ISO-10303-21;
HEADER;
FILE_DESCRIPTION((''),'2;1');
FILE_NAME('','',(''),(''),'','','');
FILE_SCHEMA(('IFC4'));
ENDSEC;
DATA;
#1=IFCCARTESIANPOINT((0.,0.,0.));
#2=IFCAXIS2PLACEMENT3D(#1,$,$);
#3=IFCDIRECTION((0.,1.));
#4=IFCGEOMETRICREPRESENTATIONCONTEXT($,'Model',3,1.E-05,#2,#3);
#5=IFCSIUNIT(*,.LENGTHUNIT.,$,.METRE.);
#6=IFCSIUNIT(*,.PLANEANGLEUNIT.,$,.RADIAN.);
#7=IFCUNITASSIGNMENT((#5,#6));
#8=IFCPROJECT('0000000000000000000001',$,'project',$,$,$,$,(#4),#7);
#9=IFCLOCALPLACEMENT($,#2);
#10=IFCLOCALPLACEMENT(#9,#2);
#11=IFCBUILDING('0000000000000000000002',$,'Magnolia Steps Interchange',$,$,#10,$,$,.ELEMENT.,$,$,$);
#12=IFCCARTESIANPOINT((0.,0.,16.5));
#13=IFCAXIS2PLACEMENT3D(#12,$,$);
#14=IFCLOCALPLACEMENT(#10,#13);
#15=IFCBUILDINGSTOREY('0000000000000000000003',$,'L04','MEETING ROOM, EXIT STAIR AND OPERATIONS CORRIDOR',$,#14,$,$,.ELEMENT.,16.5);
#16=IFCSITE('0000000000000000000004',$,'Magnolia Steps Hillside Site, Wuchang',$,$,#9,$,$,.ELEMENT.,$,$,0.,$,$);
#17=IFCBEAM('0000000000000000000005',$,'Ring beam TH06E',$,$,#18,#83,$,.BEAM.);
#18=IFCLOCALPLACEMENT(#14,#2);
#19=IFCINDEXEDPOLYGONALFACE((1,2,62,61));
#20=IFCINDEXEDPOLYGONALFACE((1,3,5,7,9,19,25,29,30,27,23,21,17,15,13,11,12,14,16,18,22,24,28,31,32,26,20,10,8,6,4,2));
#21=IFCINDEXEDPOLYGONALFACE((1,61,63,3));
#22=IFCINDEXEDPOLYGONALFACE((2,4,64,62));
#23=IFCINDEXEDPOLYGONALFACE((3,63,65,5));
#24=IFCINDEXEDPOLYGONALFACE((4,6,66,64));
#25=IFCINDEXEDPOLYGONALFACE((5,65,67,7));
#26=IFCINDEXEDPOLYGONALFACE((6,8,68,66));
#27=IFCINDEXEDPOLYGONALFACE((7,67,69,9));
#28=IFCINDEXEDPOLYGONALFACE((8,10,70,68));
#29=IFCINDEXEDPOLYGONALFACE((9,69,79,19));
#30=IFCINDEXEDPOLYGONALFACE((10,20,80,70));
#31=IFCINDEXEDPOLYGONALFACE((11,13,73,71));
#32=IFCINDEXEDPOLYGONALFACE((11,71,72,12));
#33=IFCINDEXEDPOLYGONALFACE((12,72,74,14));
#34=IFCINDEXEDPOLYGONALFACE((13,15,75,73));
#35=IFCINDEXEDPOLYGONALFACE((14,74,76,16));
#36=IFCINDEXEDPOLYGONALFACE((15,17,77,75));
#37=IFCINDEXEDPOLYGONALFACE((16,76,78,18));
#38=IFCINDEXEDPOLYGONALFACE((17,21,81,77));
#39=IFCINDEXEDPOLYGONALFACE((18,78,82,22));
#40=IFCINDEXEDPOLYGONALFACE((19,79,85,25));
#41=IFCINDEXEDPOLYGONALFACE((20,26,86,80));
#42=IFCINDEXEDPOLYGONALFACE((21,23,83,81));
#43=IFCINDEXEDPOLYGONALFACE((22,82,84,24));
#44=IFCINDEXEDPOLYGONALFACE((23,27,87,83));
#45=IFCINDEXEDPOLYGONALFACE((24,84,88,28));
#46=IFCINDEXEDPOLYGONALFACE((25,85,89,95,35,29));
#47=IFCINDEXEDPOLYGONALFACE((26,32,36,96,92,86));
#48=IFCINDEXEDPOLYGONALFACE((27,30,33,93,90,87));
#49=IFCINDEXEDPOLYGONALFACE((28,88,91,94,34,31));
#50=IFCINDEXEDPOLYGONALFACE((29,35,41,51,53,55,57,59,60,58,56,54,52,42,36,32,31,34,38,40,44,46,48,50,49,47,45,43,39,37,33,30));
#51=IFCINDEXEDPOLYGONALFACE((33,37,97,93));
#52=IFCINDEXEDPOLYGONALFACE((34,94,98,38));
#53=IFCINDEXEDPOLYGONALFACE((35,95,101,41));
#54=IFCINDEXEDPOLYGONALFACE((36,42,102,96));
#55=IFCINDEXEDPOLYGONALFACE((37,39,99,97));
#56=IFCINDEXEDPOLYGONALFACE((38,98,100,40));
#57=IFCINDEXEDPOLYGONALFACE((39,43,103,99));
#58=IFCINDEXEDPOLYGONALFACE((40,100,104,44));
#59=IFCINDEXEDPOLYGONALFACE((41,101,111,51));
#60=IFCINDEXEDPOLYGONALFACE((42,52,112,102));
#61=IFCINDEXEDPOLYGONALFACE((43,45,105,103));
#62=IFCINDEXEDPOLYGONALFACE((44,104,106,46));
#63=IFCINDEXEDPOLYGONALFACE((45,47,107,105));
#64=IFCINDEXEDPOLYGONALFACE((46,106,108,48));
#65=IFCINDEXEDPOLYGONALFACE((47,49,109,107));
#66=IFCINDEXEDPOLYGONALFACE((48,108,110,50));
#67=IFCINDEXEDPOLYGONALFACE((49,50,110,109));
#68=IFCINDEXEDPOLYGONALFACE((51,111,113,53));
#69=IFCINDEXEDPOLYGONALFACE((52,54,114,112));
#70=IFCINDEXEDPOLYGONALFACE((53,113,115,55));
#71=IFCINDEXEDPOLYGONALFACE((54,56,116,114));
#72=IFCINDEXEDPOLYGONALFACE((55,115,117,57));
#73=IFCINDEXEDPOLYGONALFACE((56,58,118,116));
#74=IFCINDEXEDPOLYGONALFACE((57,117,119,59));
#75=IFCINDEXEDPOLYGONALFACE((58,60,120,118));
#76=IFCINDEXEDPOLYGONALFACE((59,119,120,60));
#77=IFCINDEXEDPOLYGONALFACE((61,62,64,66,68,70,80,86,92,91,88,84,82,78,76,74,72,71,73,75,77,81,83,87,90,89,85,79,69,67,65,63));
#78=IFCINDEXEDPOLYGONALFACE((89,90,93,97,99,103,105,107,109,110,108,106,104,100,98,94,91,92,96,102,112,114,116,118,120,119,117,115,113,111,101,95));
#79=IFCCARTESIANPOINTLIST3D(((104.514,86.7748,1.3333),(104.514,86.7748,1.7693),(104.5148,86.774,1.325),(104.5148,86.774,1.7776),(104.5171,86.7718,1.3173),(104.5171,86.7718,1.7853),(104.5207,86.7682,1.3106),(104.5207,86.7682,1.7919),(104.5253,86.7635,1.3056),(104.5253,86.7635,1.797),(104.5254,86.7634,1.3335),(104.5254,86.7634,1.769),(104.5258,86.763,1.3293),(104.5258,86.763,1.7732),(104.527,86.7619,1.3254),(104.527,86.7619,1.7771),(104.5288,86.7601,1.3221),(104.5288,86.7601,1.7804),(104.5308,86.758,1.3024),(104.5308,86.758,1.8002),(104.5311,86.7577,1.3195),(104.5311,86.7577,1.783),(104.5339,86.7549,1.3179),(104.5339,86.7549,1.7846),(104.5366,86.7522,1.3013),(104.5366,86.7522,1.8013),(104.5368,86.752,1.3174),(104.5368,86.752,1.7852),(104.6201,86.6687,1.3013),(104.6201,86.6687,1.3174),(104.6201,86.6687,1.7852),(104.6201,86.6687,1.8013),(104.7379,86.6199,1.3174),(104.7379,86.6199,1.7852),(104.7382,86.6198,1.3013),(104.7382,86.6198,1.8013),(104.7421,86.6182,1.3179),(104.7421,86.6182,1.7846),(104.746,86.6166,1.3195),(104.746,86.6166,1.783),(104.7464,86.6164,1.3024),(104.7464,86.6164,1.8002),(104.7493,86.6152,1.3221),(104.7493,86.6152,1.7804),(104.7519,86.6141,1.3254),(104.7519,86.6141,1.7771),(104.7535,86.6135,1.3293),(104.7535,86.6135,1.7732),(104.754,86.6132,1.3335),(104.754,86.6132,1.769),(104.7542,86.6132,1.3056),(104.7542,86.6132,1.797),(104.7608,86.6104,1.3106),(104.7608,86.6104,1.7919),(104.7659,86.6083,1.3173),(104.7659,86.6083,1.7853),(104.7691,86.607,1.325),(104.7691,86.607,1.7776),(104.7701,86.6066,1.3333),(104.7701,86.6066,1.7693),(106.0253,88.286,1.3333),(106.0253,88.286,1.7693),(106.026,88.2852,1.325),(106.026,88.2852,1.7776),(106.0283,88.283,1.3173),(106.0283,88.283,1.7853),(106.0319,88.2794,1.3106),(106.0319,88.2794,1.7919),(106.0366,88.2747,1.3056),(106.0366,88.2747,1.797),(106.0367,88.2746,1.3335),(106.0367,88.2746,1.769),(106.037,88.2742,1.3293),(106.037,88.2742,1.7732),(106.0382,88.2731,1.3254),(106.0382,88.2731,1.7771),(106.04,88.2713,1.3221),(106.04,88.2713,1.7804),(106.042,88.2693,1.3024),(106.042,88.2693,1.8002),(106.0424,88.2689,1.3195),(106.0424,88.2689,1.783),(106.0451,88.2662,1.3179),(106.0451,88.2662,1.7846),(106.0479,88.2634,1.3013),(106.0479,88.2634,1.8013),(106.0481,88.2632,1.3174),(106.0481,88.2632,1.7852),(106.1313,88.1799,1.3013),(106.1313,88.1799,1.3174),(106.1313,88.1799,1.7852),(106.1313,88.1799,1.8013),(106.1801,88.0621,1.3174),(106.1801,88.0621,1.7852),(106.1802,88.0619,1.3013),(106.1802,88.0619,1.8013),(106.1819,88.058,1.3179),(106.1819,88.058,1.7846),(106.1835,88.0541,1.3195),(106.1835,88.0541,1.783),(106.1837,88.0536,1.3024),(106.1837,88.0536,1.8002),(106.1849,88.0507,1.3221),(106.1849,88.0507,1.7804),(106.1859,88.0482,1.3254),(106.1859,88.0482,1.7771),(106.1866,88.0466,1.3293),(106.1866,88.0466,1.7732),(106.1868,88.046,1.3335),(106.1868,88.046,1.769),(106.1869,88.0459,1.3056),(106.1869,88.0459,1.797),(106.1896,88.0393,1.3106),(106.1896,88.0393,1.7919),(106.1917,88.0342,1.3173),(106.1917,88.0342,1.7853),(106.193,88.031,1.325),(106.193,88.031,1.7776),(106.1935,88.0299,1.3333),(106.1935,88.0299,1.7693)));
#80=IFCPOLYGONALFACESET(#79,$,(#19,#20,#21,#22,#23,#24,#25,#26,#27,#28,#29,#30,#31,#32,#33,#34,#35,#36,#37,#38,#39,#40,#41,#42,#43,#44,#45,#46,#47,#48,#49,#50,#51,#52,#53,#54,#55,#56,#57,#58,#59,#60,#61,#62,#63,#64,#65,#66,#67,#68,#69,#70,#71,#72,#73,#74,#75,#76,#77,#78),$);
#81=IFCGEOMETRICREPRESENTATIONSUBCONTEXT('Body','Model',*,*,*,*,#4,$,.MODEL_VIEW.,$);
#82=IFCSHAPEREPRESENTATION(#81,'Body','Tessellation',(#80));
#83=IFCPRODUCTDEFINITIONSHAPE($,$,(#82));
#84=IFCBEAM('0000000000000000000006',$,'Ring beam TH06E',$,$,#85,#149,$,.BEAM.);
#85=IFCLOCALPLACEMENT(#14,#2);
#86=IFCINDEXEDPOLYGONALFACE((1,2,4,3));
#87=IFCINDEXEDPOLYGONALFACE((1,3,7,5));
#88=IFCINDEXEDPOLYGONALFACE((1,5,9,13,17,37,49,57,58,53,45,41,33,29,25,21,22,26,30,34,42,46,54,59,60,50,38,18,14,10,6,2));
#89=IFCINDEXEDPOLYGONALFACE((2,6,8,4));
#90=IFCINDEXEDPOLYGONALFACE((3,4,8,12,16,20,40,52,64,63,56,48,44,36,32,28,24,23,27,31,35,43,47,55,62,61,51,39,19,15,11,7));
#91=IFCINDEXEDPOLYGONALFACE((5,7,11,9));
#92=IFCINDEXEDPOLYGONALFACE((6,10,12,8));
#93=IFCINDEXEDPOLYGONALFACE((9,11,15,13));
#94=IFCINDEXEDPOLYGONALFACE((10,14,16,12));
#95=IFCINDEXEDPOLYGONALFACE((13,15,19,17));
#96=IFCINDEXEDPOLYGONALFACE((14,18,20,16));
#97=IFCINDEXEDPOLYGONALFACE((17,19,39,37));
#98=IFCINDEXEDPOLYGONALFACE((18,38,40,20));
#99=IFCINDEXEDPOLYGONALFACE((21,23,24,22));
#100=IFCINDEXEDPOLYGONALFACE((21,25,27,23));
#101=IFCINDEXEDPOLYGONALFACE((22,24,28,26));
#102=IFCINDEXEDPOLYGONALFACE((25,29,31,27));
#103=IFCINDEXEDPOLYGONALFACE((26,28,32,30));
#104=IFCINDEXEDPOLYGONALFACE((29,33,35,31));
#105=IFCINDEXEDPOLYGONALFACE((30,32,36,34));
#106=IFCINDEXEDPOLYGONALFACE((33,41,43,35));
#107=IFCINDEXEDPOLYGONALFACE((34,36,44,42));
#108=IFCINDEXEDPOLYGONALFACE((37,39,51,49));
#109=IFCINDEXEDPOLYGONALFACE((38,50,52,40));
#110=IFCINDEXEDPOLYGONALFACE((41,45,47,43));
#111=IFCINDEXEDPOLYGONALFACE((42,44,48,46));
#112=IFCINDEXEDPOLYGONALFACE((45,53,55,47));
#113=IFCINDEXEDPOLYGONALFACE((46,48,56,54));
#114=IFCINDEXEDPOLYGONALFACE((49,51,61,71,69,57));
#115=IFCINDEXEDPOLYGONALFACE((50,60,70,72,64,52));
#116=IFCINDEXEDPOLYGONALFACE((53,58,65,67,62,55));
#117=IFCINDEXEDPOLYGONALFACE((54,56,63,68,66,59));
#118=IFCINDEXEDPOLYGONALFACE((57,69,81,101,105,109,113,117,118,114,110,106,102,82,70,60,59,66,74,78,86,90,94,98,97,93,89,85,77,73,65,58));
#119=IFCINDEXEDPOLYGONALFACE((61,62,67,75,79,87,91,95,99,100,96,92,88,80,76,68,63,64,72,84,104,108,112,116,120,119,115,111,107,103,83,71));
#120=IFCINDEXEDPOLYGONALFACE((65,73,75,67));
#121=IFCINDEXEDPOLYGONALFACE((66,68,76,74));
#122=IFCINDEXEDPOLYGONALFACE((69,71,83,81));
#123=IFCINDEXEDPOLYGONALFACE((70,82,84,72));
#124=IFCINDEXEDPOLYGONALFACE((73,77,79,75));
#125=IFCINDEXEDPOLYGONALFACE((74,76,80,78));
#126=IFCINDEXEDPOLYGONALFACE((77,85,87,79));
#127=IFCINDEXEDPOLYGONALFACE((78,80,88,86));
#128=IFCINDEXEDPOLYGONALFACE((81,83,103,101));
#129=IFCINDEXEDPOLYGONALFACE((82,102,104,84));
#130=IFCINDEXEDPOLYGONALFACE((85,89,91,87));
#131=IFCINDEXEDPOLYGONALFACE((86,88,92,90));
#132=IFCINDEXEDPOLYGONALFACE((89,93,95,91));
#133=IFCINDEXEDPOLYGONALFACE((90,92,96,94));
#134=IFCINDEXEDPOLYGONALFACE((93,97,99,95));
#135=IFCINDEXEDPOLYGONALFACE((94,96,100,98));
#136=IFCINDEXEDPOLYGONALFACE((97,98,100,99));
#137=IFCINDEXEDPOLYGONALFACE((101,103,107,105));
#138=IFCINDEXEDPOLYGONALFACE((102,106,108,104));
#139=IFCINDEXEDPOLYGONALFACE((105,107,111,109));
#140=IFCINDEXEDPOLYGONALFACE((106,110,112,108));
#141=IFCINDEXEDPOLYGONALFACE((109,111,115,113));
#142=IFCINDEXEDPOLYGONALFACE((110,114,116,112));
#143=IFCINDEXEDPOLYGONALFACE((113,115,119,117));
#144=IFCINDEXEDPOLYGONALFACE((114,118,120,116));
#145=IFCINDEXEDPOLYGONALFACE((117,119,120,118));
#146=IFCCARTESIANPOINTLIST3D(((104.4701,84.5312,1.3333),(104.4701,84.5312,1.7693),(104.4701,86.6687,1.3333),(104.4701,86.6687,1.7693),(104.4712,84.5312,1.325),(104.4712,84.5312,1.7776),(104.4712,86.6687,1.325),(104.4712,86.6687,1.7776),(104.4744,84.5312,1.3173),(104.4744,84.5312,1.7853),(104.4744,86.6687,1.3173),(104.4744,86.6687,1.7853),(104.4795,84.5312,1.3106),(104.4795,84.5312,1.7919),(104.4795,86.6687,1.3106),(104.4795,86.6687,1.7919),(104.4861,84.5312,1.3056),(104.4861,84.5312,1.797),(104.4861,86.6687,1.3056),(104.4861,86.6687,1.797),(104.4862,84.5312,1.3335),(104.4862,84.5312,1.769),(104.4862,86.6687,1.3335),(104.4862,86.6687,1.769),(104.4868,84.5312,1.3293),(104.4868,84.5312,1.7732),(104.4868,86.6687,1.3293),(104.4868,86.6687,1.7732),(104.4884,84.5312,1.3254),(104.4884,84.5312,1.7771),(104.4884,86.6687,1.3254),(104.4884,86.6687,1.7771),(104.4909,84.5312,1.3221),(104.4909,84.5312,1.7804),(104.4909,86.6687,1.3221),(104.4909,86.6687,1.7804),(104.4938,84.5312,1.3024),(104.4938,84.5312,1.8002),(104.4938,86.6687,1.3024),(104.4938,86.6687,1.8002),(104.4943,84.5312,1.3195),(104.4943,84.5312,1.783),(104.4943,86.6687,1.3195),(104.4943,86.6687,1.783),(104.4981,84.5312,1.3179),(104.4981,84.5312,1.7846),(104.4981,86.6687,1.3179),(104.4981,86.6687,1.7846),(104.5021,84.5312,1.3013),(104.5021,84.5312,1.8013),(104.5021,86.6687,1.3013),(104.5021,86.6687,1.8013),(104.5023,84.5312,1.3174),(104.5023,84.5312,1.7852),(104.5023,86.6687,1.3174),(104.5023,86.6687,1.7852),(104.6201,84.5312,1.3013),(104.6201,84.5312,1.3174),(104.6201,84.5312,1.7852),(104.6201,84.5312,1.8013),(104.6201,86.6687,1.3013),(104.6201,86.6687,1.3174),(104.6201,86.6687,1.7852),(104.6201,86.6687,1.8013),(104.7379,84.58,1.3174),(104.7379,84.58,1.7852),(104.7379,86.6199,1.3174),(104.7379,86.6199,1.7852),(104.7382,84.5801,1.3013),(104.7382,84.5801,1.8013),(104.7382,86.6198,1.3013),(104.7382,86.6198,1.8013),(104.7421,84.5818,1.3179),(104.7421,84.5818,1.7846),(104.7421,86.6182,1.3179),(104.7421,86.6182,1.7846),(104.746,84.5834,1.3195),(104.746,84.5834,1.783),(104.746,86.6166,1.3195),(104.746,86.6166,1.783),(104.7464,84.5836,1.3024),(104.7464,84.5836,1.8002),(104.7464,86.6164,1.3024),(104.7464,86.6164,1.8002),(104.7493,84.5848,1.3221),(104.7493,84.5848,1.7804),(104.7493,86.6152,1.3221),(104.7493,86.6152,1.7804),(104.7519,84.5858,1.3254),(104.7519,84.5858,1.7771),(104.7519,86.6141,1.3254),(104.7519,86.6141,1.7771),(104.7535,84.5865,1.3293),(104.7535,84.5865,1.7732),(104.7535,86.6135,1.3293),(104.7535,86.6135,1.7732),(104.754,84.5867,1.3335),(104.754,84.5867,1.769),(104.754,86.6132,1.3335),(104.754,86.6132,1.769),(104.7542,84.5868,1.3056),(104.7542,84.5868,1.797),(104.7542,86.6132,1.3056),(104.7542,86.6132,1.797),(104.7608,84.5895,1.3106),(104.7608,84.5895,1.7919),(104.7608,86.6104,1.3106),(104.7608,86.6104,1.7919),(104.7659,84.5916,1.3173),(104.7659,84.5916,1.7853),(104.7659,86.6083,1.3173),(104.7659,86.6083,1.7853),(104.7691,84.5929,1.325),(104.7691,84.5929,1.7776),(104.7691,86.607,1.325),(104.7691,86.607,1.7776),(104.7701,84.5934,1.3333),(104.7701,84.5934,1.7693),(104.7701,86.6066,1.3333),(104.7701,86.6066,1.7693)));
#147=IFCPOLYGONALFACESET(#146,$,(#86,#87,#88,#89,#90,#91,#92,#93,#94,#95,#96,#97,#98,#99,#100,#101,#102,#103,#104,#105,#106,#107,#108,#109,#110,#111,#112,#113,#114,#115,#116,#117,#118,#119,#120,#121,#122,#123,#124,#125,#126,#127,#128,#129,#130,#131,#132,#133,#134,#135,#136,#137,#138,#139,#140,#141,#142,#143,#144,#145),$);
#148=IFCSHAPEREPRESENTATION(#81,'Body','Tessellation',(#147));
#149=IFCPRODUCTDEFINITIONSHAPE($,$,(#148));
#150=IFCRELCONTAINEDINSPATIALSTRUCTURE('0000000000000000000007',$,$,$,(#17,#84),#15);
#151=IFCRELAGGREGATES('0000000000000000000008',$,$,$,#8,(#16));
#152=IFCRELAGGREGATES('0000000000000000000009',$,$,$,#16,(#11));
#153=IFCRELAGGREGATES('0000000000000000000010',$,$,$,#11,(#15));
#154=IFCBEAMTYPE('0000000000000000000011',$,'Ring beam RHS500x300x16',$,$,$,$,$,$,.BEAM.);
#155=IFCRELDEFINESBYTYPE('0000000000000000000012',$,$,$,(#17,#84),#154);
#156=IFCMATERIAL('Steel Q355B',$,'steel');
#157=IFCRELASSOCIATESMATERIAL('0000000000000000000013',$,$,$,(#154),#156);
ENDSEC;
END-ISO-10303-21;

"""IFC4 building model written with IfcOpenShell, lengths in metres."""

from ifc_helpers import new_model, si_unit, direction, frame, origin, origin_2d, place, context, subcontext, project, spatial, hollow_rectangle, extrude, clip, halfspace, material, material_profile, profile_set, type_object, element, save


model = new_model("IFC4")

# Units and contexts
model_context = context("Model", 3, precision=1e-05, world=origin(), true_north=direction((0.0, 1.0)))
body_context = subcontext(model_context, "Body", "Model", "MODEL_VIEW")
ifc_project = project(units=[si_unit("LENGTHUNIT", "METRE"), si_unit("PLANEANGLEUNIT", "RADIAN")], contexts=[model_context])

# Site, building, storey
site_placement = place(None, origin())
site = spatial("IfcSite", under=ifc_project, at=site_placement, Name="Magnolia Steps Hillside Site, Wuchang", CompositionType="ELEMENT", RefElevation=0.0)
building_placement = place(site_placement, origin())
building = spatial("IfcBuilding", under=site, at=building_placement, Name="Magnolia Steps Interchange", CompositionType="ELEMENT")
storey_placement = place(building_placement, frame((0.0, 0.0, 16.5)))
storey = spatial("IfcBuildingStorey", under=building, at=storey_placement, Name="L04", Description="MEETING ROOM, EXIT STAIR AND OPERATIONS CORRIDOR", CompositionType="ELEMENT", Elevation=16.5)

# Beams
ifc_material_1 = material(Name="Steel Q355B", Category="steel")
ifc_material_profile_1 = material_profile(ifc_material_1, hollow_rectangle(XDim=0.3, YDim=0.5, WallThickness=0.0161, InnerFilletRadius=0.0161, OuterFilletRadius=0.032, at=origin_2d()), Name="RHS500x300x16")
ifc_profile_set_1 = profile_set([ifc_material_profile_1], Name="Steel Q355B")
beam_type_1 = type_object("IfcBeamType", Name="Ring beam RHS500x300x16", PredefinedType="BEAM", material=ifc_profile_set_1)
beam_1_placement = place(storey_placement, frame((106.1313, 88.1799, 1.5513), z_axis=(-0.707107, -0.707107, 0.0), x_axis=(0.707107, -0.707107, 0.0)))
element("IfcBeam", 1, at=beam_1_placement, inside=storey, type_object=beam_type_1, Name="Ring beam TH06E", PredefinedType="BEAM", context=body_context, shape_type="Clipping", body=[
    clip(clip(extrude(hollow_rectangle(XDim=0.3, YDim=0.5, WallThickness=0.0161, InnerFilletRadius=0.0161, OuterFilletRadius=0.032, at=origin_2d()), origin(), (0.0, 0.0, 1.0), 2.1372), halfspace(frame((0.0, 0.0, 0.0), z_axis=(0.382683, 0.0, -0.92388), x_axis=(0.92388, 0.0, 0.382683)), False)), halfspace(frame((0.0, 0.0, 2.1372), z_axis=(0.382683, 0.0, 0.92388), x_axis=(0.92388, 0.0, -0.382683)), False)),
])
beam_2_placement = place(storey_placement, frame((104.6201, 86.6687, 1.5513), z_axis=(0.0, -1.0, 0.0), x_axis=(1.0, 0.0, 0.0)))
element("IfcBeam", 2, at=beam_2_placement, inside=storey, type_object=beam_type_1, Name="Ring beam TH06E", PredefinedType="BEAM", context=body_context, shape_type="Clipping", body=[
    clip(clip(extrude(hollow_rectangle(XDim=0.3, YDim=0.5, WallThickness=0.0161, InnerFilletRadius=0.0161, OuterFilletRadius=0.032, at=origin_2d()), origin(), (0.0, 0.0, 1.0), 2.1375), halfspace(frame((0.0, 0.0, 0.0), z_axis=(0.382683, 0.0, -0.92388), x_axis=(0.92388, 0.0, 0.382683)), False)), halfspace(frame((0.0, 0.0, 2.1375), z_axis=(0.382683, 0.0, 0.92388), x_axis=(0.92388, 0.0, -0.382683)), False)),
])

save(model, "model.ifc")
